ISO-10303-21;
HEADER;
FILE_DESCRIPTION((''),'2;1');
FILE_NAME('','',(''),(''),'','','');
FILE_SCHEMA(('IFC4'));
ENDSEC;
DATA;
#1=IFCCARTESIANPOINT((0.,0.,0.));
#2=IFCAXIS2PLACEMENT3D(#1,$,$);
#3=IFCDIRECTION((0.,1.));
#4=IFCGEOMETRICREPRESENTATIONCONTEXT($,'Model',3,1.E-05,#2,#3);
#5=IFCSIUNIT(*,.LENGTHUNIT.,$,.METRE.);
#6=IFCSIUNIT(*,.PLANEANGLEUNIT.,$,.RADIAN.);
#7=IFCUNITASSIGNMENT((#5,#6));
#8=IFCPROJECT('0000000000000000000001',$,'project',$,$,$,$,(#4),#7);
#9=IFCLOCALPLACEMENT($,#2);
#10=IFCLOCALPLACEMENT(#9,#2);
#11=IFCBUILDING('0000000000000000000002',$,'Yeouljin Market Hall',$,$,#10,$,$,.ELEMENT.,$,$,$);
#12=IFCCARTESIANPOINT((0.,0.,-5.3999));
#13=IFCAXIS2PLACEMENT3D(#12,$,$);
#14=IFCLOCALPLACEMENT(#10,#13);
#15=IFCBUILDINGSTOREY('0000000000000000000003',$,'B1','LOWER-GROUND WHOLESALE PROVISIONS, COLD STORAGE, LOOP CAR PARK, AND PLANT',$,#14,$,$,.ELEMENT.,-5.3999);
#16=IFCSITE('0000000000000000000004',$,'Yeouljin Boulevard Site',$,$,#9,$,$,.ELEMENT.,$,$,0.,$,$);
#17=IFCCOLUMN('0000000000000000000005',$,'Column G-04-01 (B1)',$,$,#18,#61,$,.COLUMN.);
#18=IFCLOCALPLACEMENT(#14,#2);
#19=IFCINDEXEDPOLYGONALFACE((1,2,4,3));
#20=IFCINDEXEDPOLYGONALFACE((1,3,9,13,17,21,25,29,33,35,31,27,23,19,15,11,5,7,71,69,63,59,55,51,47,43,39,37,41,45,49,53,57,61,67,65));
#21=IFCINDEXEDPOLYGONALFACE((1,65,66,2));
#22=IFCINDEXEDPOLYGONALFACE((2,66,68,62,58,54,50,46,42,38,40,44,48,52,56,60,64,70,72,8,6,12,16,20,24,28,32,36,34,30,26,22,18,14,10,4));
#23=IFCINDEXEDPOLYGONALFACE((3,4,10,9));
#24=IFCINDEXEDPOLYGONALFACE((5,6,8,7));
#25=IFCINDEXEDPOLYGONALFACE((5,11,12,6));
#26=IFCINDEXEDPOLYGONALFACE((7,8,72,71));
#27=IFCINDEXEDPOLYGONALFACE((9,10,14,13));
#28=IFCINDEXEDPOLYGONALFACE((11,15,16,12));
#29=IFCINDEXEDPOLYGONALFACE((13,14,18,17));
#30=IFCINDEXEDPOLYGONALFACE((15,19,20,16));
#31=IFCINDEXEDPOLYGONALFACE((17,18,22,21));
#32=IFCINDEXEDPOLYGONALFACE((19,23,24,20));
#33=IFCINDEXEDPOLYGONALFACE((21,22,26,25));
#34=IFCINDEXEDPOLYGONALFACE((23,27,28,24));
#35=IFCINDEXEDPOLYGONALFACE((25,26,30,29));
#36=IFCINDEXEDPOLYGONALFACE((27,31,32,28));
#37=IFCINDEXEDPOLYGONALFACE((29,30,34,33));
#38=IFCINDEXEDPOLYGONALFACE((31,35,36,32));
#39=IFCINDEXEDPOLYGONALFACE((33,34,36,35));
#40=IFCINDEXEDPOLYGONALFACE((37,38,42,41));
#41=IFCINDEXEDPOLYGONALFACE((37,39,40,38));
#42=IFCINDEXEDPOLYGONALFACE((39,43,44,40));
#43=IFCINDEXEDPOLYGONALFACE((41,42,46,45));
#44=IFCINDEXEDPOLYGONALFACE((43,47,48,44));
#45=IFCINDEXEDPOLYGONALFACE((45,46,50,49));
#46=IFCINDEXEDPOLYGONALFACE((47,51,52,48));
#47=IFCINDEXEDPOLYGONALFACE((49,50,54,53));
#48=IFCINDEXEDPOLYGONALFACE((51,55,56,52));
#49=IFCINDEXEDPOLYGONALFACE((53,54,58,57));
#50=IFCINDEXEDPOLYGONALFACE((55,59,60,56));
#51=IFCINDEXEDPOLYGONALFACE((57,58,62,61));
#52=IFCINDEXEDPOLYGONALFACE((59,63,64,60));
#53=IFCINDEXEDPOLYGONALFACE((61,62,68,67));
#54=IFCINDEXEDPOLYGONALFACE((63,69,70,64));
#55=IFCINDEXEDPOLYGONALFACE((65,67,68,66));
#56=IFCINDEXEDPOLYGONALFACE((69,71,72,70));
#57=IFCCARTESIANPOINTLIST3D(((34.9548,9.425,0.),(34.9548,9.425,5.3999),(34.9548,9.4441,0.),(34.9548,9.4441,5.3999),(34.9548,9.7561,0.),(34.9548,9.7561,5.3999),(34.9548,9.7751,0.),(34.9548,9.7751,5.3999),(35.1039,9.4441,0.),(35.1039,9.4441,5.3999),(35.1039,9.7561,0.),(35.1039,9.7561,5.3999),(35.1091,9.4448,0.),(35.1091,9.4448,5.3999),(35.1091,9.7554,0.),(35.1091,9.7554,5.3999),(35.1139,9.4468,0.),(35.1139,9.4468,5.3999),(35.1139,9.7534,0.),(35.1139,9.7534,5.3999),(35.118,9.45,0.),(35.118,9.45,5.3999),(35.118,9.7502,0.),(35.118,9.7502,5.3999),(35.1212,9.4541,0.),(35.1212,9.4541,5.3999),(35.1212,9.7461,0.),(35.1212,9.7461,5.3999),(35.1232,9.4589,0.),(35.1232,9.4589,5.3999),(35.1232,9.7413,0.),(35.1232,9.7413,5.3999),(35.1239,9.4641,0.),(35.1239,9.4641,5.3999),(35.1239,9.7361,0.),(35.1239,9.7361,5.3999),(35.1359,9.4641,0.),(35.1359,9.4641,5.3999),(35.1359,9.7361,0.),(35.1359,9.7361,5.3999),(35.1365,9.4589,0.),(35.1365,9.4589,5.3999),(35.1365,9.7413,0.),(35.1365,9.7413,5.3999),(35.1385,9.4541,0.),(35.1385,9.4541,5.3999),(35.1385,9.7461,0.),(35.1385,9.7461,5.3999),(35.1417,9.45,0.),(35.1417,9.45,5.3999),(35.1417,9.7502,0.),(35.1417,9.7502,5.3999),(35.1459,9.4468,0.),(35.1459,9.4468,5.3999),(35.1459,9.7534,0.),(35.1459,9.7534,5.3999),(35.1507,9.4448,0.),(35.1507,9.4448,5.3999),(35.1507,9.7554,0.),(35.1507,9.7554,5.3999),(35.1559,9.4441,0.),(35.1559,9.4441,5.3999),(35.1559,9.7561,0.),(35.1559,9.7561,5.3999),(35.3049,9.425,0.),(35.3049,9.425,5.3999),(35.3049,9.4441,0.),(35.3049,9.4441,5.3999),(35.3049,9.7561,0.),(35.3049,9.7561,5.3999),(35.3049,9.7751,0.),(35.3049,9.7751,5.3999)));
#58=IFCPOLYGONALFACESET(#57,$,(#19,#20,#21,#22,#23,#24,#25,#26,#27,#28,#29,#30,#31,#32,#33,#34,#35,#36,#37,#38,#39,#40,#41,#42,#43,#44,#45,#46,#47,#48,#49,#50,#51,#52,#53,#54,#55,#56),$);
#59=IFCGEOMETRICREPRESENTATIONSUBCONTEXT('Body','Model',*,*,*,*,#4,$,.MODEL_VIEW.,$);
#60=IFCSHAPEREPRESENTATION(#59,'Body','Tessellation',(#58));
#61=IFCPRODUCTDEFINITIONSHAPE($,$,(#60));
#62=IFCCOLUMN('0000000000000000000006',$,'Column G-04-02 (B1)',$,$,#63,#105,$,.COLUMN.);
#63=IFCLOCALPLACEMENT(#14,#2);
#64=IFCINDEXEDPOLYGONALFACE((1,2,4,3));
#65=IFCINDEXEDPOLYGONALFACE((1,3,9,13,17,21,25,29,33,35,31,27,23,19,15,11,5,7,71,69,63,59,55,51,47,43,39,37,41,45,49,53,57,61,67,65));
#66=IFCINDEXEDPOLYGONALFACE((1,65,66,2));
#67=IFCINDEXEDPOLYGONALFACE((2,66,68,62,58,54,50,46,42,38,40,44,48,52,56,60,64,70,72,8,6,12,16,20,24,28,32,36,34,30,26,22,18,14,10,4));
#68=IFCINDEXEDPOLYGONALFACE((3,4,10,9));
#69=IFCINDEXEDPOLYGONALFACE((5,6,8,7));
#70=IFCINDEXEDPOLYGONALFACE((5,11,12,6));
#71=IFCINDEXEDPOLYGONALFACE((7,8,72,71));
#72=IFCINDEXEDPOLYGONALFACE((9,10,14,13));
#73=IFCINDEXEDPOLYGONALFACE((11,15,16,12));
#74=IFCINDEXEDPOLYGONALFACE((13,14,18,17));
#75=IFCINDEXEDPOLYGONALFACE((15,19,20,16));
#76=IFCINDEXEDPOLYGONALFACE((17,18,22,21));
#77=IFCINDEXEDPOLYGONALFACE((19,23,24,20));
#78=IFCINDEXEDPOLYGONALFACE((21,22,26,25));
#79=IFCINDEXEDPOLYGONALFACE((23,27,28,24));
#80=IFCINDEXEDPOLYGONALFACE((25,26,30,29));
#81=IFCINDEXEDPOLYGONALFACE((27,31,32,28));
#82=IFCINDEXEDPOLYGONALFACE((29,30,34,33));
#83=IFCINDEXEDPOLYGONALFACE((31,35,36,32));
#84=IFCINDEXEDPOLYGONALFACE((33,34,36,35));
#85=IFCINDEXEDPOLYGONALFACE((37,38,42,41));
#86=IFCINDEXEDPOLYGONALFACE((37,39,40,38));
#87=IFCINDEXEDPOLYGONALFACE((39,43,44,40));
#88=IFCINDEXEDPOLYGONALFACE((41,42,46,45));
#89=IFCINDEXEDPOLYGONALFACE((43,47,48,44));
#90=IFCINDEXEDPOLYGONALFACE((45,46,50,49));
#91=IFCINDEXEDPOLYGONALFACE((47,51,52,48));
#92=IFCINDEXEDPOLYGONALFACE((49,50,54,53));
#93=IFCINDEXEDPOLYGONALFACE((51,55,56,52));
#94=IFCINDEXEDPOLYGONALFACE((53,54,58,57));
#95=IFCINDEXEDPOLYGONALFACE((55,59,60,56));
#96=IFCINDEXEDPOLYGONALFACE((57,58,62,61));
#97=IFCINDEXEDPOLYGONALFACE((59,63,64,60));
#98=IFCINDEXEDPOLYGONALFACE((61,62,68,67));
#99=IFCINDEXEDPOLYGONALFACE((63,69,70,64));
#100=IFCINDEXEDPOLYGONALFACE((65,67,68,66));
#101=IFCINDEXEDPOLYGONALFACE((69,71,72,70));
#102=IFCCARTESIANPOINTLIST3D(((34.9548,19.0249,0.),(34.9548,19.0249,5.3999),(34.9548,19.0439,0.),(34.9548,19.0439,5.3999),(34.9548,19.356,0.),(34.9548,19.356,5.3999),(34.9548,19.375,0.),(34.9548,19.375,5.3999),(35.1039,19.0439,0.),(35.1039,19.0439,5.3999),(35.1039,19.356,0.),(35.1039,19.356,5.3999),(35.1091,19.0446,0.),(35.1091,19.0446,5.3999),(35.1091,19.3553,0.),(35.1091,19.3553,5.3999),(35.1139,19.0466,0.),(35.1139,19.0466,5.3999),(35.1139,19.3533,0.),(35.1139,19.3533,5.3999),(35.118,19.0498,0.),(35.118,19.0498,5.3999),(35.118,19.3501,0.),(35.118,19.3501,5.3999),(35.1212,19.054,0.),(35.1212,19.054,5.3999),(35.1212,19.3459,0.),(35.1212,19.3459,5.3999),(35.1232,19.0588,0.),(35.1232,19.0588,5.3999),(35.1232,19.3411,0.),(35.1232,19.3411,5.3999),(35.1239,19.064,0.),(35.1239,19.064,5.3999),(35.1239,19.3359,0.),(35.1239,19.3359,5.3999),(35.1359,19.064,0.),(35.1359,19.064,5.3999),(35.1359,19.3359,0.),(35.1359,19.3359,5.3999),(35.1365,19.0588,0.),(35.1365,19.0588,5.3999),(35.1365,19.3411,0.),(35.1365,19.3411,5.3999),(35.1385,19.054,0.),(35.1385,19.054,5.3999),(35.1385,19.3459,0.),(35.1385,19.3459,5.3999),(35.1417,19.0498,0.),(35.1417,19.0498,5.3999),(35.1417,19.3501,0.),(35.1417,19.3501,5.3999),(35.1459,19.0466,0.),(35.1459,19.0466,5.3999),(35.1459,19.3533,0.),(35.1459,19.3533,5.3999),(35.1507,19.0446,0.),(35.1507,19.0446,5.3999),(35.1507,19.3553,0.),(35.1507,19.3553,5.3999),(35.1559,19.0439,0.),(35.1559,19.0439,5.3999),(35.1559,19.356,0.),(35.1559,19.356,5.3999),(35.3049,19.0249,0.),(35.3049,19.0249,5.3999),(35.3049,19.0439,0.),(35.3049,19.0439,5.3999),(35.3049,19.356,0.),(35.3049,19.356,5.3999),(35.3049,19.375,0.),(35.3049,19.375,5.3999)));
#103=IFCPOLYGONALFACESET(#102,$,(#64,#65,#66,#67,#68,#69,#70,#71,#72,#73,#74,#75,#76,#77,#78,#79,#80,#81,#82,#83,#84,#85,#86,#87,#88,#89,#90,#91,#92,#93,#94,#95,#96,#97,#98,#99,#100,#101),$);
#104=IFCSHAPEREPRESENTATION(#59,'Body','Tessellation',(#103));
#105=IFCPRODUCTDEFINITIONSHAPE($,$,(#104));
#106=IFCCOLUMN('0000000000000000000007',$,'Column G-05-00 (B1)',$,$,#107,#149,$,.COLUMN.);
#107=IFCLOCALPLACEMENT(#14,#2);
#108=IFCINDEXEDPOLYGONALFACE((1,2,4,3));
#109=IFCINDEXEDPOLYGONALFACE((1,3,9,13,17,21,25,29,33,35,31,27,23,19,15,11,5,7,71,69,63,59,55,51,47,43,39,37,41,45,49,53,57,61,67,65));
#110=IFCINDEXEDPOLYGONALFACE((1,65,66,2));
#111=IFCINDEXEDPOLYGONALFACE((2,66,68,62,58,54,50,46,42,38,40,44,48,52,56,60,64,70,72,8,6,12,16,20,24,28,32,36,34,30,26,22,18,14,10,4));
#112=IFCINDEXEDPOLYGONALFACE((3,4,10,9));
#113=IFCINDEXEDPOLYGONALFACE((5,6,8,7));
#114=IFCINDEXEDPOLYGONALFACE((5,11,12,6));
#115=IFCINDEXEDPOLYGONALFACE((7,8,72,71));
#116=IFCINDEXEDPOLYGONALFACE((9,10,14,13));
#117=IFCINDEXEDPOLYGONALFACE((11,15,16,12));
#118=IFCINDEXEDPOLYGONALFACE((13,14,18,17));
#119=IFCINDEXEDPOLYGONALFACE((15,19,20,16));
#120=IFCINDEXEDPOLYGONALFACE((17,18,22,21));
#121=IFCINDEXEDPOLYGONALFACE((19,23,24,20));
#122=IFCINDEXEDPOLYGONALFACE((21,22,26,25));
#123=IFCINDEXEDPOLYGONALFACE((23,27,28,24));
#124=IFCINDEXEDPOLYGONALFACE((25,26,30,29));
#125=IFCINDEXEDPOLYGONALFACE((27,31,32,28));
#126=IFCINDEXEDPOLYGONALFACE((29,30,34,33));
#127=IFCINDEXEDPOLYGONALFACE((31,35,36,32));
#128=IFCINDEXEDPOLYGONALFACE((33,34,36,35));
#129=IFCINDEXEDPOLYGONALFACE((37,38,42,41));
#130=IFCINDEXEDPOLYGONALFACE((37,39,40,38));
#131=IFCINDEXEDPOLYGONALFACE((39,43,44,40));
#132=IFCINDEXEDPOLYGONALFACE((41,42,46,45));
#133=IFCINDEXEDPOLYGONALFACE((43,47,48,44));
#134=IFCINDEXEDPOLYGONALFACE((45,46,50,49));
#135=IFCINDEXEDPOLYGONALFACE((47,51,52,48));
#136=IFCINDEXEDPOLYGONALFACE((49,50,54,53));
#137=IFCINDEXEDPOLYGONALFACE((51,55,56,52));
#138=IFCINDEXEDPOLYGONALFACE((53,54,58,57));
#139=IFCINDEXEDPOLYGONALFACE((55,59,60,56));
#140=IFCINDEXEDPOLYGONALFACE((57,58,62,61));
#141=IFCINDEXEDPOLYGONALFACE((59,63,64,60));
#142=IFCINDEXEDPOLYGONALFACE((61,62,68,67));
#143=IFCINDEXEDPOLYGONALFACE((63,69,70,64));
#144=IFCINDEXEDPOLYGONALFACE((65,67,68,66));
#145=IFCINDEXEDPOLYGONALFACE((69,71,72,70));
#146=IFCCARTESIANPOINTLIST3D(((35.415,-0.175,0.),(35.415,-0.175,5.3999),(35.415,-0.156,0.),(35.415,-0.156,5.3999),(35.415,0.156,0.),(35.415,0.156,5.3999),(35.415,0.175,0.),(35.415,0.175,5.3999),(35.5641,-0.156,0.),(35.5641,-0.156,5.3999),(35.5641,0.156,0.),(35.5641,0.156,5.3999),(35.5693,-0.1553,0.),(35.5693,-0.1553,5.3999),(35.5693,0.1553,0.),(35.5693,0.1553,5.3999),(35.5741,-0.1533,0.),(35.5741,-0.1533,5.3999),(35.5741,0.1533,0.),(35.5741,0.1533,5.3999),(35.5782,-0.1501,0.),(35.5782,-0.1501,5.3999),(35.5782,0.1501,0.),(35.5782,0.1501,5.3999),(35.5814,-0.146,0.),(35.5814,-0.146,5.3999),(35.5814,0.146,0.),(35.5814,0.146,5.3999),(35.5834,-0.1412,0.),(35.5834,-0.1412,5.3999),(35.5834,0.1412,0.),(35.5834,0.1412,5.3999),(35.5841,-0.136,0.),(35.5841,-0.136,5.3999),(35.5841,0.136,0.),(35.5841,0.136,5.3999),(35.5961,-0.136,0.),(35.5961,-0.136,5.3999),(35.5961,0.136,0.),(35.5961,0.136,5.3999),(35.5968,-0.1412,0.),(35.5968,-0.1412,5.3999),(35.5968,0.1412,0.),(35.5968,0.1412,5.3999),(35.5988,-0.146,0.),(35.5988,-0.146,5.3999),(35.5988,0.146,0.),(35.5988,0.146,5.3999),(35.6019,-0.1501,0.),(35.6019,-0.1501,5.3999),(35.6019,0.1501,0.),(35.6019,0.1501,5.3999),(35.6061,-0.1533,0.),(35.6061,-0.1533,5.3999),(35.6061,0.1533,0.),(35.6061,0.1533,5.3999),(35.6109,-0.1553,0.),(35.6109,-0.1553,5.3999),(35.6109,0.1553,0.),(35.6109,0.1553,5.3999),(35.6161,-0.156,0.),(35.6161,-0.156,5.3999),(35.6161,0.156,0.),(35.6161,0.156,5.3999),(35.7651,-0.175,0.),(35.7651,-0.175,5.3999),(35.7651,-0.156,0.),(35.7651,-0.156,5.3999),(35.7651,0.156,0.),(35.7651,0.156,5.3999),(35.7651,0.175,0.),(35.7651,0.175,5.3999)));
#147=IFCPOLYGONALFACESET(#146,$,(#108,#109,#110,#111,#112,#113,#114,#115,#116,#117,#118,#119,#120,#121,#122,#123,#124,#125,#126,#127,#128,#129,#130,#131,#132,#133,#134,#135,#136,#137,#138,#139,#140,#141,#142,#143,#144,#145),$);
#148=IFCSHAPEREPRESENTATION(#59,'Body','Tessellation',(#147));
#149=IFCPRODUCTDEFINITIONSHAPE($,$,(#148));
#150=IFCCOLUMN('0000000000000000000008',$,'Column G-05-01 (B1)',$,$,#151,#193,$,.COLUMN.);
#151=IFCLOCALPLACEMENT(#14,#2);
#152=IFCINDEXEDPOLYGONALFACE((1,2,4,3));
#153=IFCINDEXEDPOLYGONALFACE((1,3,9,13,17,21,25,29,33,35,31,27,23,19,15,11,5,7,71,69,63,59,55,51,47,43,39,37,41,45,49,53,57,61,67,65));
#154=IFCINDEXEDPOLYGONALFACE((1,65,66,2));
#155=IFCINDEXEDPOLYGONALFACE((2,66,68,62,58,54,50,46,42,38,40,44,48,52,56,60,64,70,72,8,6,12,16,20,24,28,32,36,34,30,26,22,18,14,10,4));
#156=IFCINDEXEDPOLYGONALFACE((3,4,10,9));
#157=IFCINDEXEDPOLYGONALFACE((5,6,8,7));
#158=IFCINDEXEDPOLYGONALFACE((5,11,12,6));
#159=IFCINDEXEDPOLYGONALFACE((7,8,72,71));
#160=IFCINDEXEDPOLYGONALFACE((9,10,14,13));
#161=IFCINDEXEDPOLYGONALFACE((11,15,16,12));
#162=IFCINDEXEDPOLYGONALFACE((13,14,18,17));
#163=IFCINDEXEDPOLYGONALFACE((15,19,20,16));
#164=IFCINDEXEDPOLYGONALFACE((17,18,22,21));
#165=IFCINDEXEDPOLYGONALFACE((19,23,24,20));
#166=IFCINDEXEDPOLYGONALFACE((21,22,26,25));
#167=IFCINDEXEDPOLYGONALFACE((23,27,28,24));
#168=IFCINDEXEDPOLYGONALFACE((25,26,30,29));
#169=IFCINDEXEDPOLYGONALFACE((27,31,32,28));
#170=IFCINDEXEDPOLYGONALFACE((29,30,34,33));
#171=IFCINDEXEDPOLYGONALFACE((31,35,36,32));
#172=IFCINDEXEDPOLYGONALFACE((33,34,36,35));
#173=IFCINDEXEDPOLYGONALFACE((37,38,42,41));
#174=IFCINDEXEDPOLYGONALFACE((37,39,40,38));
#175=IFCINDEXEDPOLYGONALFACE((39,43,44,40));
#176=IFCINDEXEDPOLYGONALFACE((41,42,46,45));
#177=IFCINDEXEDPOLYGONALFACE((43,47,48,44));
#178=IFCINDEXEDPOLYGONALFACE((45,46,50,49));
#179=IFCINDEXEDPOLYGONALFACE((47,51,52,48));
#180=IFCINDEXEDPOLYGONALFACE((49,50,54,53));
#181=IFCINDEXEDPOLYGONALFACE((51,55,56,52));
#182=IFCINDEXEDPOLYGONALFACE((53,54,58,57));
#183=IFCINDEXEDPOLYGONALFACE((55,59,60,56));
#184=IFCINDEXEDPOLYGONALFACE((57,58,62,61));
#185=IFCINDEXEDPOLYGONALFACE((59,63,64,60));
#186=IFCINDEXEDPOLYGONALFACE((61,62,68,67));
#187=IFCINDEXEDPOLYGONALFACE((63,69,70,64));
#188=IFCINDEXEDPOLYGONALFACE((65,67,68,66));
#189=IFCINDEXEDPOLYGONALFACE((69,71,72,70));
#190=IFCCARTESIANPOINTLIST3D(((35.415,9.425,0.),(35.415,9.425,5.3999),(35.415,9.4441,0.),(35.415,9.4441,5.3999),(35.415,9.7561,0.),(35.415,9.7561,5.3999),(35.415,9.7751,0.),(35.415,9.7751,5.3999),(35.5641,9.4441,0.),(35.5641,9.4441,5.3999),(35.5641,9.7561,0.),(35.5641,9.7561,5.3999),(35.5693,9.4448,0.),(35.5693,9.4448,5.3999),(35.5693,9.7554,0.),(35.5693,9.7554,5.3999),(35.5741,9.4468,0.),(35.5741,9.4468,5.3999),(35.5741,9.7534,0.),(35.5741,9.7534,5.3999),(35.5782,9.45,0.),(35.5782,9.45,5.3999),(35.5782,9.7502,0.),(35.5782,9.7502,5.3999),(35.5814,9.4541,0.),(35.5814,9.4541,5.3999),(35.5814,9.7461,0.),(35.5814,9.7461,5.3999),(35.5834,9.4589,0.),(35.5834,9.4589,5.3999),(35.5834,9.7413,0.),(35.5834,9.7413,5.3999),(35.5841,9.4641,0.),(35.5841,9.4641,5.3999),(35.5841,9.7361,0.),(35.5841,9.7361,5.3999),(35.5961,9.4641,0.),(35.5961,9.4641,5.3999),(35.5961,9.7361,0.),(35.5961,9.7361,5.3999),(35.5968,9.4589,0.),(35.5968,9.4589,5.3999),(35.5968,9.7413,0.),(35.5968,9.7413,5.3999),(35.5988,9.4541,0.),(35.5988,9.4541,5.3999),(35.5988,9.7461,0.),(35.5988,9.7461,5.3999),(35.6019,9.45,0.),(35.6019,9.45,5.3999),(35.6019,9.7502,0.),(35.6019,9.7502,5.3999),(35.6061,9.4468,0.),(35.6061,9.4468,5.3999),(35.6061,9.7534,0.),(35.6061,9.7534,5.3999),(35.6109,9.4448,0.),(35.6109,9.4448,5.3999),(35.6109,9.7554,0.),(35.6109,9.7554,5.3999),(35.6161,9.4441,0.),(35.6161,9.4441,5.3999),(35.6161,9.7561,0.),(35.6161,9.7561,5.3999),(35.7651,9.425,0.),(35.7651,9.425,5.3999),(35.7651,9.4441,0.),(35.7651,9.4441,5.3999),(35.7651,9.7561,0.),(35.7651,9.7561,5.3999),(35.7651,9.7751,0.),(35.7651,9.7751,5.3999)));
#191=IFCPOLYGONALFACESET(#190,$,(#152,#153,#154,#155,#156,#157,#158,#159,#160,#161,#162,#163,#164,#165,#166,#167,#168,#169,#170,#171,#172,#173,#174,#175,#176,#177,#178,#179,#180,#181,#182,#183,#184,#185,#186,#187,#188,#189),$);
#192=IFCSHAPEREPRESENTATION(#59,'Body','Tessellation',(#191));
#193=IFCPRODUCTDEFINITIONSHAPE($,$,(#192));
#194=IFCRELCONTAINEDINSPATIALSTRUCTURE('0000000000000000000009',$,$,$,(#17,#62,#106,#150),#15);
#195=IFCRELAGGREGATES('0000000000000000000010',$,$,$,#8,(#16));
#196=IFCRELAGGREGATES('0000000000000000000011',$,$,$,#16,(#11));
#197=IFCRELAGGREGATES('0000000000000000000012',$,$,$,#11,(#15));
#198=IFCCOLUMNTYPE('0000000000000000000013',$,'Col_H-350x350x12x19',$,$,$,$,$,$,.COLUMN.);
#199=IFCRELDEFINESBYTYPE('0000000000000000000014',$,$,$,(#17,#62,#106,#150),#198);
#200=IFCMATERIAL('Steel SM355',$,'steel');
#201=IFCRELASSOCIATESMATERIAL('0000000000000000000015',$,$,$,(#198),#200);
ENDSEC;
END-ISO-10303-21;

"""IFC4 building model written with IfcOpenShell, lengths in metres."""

from ifc_helpers import new_model, si_unit, direction, frame, origin, origin_2d, place, context, subcontext, project, spatial, i_section, extrude, material, material_profile, profile_set, type_object, element, save


model = new_model("IFC4")

# Units and contexts
model_context = context("Model", 3, precision=1e-05, world=origin(), true_north=direction((0.0, 1.0)))
body_context = subcontext(model_context, "Body", "Model", "MODEL_VIEW")
ifc_project = project(units=[si_unit("LENGTHUNIT", "METRE"), si_unit("PLANEANGLEUNIT", "RADIAN")], contexts=[model_context])

# Site, building, storey
site_placement = place(None, origin())
site = spatial("IfcSite", under=ifc_project, at=site_placement, Name="Yeouljin Boulevard Site", CompositionType="ELEMENT", RefElevation=0.0)
building_placement = place(site_placement, origin())
building = spatial("IfcBuilding", under=site, at=building_placement, Name="Yeouljin Market Hall", CompositionType="ELEMENT")
storey_placement = place(building_placement, frame((0.0, 0.0, -5.3999)))
storey = spatial("IfcBuildingStorey", under=building, at=storey_placement, Name="B1", Description="LOWER-GROUND WHOLESALE PROVISIONS, COLD STORAGE, LOOP CAR PARK, AND PLANT", CompositionType="ELEMENT", Elevation=-5.3999)

# Columns
ifc_material_1 = material(Name="Steel SM355", Category="steel")
ifc_material_profile_1 = material_profile(ifc_material_1, i_section(OverallWidth=0.3501, OverallDepth=0.3501, WebThickness=0.012, FlangeThickness=0.019, FilletRadius=0.02, at=origin_2d()), Name="H-350x350x12x19")
ifc_profile_set_1 = profile_set([ifc_material_profile_1], Name="Steel SM355")
column_type_1 = type_object("IfcColumnType", Name="Col_H-350x350x12x19", PredefinedType="COLUMN", material=ifc_profile_set_1)
for number, where, z_axis, x_axis, name in (
    (1, (35.1299, 9.6001, 0.0), (0.0, 0.0, 1.0), (1.0, 0.0, 0.0), "Column G-04-01 (B1)"),
    (2, (35.1299, 19.2, 0.0), (0.0, 0.0, 1.0), (1.0, 0.0, 0.0), "Column G-04-02 (B1)"),
    (3, (35.5901, 0.0, 0.0), (0.0, 0.0, 1.0), (1.0, 0.0, 0.0), "Column G-05-00 (B1)"),
    (4, (35.5901, 9.6001, 0.0), (0.0, 0.0, 1.0), (1.0, 0.0, 0.0), "Column G-05-01 (B1)"),
):
    element("IfcColumn", number, at=place(storey_placement, frame(where, z_axis=z_axis, x_axis=x_axis)), inside=storey, type_object=column_type_1, Name=name, PredefinedType="COLUMN", context=body_context, shape_type="SweptSolid", body=[
        extrude(i_section(OverallWidth=0.3501, OverallDepth=0.3501, WebThickness=0.012, FlangeThickness=0.019, FilletRadius=0.02, at=origin_2d()), origin(), (0.0, 0.0, 1.0), 5.3999),
    ])

save(model, "model.ifc")
